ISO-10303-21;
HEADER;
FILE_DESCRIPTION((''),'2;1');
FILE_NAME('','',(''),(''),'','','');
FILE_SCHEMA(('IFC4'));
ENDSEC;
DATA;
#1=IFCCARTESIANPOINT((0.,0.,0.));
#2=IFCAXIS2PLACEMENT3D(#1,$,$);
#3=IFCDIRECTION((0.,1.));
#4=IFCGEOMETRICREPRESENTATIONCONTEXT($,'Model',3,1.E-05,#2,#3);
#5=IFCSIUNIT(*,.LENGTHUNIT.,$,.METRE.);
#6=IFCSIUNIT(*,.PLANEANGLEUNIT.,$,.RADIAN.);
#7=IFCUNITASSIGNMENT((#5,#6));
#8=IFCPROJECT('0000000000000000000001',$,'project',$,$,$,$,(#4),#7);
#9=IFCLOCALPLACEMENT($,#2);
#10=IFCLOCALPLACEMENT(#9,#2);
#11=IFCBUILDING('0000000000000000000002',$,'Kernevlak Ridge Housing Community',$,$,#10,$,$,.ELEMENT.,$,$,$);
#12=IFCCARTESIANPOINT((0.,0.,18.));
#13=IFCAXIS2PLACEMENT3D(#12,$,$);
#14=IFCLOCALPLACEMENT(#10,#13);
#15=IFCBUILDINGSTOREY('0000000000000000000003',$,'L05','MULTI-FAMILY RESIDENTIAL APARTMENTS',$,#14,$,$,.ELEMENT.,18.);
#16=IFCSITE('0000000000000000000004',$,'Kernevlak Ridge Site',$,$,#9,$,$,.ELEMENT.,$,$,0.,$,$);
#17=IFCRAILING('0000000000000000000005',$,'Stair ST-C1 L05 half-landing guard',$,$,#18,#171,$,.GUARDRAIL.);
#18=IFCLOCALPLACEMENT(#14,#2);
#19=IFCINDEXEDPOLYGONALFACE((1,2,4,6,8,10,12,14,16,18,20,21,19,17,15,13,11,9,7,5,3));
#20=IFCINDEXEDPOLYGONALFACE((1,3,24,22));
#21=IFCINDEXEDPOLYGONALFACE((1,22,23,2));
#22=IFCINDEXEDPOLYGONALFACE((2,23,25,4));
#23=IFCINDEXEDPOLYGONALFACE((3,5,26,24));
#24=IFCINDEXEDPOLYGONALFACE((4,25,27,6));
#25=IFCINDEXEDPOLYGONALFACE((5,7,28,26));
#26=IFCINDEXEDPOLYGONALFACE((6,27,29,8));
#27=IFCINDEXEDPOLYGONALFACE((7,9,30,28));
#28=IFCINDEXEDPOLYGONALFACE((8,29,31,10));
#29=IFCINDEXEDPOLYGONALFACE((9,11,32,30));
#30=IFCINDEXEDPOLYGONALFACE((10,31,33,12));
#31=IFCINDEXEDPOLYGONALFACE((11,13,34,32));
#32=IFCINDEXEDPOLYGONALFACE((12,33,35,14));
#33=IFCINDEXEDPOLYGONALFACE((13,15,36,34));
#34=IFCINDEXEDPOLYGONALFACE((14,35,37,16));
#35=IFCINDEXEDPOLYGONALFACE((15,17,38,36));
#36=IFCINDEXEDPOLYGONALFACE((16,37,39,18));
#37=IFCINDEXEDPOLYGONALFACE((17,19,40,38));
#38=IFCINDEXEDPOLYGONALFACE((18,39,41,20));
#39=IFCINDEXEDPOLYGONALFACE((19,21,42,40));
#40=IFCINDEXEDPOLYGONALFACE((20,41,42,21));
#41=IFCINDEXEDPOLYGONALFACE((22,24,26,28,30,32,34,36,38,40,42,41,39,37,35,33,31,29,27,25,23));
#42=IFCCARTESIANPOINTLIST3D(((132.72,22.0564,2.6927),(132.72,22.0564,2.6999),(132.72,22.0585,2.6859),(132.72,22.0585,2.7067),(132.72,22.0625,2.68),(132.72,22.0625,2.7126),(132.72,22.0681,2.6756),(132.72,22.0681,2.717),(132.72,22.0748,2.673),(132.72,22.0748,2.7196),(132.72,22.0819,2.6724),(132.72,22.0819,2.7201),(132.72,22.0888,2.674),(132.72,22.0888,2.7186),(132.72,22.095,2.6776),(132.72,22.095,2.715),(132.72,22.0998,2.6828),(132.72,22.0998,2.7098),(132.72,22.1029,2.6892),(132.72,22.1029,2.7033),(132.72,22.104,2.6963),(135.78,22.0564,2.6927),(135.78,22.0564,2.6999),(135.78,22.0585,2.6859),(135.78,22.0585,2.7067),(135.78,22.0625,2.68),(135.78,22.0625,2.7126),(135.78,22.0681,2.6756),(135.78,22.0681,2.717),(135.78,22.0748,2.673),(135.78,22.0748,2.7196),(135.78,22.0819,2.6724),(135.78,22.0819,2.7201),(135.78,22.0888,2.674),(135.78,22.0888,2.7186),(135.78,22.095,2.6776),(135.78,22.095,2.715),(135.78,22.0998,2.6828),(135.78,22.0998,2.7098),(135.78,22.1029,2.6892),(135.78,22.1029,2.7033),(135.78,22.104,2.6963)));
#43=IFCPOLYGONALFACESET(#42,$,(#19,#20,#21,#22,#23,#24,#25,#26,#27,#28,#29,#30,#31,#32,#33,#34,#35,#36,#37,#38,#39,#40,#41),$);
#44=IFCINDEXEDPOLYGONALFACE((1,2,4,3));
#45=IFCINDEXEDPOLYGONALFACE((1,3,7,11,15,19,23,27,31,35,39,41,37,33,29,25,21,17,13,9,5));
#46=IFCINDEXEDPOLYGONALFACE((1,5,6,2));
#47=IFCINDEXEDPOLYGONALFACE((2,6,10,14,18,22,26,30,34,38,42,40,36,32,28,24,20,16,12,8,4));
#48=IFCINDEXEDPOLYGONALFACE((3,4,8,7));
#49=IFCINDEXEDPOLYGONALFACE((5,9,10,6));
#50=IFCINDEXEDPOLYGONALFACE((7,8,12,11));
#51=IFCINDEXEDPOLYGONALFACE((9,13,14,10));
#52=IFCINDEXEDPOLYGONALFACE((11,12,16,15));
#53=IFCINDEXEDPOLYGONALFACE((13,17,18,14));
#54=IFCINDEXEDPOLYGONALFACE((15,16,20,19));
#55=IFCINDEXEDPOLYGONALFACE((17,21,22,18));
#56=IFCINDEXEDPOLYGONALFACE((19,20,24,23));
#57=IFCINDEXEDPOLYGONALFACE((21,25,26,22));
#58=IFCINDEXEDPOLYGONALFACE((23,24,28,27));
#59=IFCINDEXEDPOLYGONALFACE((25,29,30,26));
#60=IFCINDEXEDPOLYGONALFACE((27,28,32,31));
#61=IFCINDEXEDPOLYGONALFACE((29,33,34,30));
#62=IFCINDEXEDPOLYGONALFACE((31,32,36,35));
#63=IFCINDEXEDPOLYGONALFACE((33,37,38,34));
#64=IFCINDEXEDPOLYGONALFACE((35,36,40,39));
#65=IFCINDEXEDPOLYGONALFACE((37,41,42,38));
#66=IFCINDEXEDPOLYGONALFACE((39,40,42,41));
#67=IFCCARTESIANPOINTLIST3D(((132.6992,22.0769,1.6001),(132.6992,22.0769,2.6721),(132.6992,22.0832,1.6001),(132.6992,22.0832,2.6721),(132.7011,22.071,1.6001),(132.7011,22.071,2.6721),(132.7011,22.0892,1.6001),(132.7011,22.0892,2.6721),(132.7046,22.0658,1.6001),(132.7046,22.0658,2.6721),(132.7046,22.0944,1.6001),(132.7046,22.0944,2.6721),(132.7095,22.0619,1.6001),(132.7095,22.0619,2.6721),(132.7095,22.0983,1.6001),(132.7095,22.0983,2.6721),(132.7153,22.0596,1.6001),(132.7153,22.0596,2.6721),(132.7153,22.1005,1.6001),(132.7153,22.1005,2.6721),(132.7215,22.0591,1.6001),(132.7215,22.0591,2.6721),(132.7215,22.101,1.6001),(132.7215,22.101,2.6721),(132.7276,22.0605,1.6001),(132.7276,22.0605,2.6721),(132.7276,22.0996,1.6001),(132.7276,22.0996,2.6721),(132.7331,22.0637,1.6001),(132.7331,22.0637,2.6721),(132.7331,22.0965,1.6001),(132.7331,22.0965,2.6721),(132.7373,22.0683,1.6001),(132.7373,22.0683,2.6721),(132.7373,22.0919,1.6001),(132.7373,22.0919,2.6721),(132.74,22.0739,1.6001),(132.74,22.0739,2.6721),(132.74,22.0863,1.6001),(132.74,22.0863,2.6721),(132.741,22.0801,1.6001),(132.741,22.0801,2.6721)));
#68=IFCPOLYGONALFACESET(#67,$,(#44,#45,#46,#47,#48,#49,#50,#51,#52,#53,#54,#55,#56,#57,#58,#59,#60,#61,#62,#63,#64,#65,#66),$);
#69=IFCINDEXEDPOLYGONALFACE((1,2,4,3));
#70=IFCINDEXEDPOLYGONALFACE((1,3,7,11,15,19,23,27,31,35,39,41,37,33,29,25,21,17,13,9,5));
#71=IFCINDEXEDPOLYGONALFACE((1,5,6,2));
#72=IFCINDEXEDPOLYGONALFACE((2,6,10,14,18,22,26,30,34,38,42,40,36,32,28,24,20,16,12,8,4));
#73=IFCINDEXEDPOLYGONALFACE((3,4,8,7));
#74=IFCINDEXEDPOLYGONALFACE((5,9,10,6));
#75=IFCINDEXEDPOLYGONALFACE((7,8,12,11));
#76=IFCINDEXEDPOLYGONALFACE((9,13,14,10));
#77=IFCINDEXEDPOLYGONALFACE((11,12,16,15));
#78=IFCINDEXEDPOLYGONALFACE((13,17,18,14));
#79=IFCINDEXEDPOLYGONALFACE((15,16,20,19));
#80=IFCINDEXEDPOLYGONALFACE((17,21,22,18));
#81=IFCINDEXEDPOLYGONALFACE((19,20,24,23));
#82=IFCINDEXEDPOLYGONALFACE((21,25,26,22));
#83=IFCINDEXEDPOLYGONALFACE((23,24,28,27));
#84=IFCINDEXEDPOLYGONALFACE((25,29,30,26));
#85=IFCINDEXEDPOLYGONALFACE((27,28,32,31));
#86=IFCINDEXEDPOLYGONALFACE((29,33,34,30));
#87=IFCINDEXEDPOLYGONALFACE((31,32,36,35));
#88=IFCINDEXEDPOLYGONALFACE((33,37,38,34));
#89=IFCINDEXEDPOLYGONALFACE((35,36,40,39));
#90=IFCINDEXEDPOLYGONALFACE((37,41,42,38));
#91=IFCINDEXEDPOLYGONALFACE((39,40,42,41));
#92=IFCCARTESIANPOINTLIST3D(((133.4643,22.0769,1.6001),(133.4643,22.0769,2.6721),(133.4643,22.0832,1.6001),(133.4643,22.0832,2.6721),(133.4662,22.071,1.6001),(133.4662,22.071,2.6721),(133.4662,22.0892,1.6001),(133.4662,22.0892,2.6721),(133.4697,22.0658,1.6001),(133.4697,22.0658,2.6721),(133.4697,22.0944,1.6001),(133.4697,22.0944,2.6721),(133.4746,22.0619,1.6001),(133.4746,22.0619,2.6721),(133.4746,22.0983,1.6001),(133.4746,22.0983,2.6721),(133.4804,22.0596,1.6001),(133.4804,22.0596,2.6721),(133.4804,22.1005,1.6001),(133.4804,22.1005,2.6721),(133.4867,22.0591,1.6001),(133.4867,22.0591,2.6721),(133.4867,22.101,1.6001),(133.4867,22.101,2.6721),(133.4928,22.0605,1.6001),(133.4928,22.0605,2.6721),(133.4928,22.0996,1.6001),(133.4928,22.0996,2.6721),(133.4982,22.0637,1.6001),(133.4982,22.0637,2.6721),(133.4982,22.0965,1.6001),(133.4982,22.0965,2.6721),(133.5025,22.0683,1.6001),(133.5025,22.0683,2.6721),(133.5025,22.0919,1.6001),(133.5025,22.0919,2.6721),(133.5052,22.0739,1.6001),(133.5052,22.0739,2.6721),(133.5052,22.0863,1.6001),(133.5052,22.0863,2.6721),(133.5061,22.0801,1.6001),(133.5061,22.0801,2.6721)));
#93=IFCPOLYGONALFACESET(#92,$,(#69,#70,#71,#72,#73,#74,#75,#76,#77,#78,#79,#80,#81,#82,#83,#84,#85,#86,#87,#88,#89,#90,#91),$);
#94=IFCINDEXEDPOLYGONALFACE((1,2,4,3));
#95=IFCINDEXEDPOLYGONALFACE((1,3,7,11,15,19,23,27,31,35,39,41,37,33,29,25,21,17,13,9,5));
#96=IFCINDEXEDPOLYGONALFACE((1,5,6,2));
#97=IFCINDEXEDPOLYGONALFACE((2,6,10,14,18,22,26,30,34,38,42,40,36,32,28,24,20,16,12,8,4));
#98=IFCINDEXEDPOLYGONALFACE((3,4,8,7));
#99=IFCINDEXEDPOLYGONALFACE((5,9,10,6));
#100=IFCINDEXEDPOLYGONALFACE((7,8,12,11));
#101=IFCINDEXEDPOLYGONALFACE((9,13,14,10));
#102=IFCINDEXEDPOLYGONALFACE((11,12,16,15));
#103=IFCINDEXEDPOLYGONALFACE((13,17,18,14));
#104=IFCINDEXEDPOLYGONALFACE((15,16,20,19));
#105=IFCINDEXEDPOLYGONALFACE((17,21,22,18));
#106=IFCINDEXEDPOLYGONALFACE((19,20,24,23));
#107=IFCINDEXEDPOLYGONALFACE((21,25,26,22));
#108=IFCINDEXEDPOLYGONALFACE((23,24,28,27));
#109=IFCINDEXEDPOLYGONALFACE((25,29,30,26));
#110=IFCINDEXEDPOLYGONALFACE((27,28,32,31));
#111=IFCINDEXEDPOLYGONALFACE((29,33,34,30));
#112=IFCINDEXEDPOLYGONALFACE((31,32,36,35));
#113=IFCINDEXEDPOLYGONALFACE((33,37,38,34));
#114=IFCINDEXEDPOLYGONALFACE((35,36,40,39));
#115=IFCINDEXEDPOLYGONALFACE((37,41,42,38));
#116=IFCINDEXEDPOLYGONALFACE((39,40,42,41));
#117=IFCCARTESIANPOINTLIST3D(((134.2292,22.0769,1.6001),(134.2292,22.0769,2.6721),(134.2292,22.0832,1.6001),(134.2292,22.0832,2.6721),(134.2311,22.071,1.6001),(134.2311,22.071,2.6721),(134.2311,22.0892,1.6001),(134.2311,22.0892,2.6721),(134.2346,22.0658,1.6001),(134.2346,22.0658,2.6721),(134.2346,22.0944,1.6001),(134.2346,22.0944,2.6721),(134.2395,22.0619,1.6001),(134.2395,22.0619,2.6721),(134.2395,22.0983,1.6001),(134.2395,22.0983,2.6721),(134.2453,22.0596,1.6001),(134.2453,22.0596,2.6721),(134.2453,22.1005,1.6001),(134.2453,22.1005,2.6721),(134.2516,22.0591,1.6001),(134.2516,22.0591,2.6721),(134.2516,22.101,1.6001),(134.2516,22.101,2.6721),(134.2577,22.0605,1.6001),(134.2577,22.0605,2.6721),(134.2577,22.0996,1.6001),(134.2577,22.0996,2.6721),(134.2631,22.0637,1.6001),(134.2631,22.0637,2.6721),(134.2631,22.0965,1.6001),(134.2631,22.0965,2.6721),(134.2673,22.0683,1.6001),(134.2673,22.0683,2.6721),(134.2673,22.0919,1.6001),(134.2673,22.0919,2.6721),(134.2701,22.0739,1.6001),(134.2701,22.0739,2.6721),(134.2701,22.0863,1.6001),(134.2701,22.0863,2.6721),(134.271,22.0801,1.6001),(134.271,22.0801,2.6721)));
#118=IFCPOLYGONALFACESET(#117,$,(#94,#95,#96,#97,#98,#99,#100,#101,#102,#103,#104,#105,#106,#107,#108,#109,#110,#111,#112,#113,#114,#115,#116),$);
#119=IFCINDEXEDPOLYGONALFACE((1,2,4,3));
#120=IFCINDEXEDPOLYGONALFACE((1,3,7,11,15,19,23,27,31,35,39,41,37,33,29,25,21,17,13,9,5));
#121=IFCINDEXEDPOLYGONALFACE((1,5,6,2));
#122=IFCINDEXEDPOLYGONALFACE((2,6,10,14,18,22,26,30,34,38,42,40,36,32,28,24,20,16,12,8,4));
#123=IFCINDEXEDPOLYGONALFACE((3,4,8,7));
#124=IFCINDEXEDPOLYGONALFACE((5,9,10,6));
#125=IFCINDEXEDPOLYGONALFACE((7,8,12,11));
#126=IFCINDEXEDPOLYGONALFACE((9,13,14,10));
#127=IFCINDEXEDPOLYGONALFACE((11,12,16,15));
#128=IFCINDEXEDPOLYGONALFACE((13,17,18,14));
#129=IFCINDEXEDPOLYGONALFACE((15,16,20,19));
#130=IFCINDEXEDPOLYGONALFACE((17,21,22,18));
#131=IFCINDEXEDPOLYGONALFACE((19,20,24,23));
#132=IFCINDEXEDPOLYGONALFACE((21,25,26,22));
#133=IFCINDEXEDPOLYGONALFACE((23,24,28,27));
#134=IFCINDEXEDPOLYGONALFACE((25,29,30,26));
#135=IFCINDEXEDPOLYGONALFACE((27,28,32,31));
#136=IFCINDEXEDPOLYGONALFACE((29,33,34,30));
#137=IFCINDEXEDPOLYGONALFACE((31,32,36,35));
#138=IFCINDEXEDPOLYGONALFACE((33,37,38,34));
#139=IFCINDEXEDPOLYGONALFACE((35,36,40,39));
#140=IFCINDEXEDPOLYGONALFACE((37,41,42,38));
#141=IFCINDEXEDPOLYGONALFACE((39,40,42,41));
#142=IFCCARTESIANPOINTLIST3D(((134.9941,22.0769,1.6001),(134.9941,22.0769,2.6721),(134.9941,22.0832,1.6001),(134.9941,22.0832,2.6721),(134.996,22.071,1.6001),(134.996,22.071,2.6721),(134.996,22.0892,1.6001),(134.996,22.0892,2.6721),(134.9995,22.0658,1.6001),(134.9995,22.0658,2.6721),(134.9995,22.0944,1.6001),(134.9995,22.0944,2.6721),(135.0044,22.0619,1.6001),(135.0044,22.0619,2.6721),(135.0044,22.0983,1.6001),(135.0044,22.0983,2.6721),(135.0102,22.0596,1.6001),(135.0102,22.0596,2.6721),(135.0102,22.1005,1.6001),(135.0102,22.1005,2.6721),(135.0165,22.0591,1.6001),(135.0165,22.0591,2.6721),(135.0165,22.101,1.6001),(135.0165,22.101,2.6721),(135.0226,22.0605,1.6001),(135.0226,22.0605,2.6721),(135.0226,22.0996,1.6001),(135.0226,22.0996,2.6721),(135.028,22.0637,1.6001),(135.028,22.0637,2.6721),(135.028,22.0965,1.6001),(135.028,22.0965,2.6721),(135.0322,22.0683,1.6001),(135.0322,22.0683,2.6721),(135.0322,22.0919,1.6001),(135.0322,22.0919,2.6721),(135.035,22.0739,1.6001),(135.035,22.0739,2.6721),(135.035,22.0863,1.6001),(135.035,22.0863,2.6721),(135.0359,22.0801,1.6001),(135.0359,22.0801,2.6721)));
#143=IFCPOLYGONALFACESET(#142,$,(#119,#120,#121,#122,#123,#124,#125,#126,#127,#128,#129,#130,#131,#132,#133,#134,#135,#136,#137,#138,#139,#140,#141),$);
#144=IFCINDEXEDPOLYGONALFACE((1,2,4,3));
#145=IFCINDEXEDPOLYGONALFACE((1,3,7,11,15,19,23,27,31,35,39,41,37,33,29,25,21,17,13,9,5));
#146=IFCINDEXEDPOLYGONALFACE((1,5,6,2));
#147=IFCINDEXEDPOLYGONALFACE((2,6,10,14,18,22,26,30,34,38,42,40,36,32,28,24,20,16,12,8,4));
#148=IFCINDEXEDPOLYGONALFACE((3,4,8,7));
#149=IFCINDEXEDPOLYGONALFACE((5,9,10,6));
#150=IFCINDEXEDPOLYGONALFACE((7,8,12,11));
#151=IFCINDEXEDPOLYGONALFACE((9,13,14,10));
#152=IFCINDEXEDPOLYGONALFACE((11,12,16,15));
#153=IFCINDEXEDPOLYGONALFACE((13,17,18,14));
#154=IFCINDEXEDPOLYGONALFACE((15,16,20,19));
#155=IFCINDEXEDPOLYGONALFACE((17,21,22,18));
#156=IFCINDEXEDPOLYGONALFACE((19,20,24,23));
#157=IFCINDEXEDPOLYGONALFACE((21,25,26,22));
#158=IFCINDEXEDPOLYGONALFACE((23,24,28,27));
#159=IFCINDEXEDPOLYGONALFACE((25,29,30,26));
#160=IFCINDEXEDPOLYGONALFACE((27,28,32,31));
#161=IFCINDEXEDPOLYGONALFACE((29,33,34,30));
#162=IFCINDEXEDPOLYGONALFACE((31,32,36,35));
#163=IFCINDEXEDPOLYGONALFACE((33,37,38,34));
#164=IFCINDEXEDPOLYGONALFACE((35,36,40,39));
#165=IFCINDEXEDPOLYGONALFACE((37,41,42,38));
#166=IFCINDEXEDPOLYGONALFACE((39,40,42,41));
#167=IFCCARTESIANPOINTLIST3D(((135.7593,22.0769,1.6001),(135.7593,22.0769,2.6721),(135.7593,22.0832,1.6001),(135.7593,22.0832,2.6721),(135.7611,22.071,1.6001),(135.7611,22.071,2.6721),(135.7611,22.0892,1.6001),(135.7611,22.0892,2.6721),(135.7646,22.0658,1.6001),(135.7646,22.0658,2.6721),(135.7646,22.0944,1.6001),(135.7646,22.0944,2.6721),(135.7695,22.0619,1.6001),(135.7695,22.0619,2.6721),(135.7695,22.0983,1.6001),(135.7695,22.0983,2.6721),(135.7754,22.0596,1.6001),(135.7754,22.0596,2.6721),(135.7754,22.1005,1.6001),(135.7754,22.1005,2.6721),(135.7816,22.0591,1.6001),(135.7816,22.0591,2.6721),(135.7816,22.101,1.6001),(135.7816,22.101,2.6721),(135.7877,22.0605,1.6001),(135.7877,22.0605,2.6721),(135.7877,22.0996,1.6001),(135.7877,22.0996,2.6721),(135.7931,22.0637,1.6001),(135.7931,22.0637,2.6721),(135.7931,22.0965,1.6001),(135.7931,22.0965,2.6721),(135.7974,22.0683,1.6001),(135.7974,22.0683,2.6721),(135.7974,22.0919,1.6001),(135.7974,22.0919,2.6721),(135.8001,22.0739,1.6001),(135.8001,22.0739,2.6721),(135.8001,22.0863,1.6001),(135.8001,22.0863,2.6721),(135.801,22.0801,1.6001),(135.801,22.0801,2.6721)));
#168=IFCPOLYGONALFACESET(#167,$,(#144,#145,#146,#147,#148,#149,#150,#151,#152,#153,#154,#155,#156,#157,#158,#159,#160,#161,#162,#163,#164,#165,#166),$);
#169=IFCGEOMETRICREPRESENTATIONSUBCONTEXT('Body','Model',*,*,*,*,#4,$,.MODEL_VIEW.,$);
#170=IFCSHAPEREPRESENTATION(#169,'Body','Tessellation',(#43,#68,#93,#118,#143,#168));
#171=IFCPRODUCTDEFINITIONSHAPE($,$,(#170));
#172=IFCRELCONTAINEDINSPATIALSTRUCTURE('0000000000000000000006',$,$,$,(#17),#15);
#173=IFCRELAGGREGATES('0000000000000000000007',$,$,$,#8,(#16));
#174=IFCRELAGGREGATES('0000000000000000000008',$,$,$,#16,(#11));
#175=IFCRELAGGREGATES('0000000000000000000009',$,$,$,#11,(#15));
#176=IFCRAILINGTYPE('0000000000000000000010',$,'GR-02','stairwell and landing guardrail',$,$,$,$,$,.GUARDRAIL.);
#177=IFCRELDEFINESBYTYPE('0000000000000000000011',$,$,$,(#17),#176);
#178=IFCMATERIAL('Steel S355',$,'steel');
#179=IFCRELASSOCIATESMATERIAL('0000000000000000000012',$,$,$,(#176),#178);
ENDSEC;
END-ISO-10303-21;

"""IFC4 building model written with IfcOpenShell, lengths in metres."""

from ifc_helpers import new_model, si_unit, direction, frame, origin, origin_2d, place, context, subcontext, project, spatial, circle, extrude, material, type_object, element, save


model = new_model("IFC4")

# Units and contexts
model_context = context("Model", 3, precision=1e-05, world=origin(), true_north=direction((0.0, 1.0)))
body_context = subcontext(model_context, "Body", "Model", "MODEL_VIEW")
ifc_project = project(units=[si_unit("LENGTHUNIT", "METRE"), si_unit("PLANEANGLEUNIT", "RADIAN")], contexts=[model_context])

# Site, building, storey
site_placement = place(None, origin())
site = spatial("IfcSite", under=ifc_project, at=site_placement, Name="Kernevlak Ridge Site", CompositionType="ELEMENT", RefElevation=0.0)
building_placement = place(site_placement, origin())
building = spatial("IfcBuilding", under=site, at=building_placement, Name="Kernevlak Ridge Housing Community", CompositionType="ELEMENT")
storey_placement = place(building_placement, frame((0.0, 0.0, 18.0)))
storey = spatial("IfcBuildingStorey", under=building, at=storey_placement, Name="L05", Description="MULTI-FAMILY RESIDENTIAL APARTMENTS", CompositionType="ELEMENT", Elevation=18.0)

# Railing
ifc_material_1 = material(Name="Steel S355", Category="steel")
railing_type_1 = type_object("IfcRailingType", Name="GR-02", Description="stairwell and landing guardrail", PredefinedType="GUARDRAIL", material=ifc_material_1)
railing_1_placement = place(storey_placement, frame((132.72, 22.0801, 1.6001)))
element("IfcRailing", 1, at=railing_1_placement, inside=storey, type_object=railing_type_1, Name="Stair ST-C1 L05 half-landing guard", PredefinedType="GUARDRAIL", context=body_context, shape_type="SweptSolid", body=[
    extrude(circle(Radius=0.0239, at=origin_2d()), frame((0.0, 0.0, 1.0962), z_axis=(1.0, 0.0, 0.0), x_axis=(0.0, 1.0, 0.0)), (0.0, 0.0, 1.0), 3.0601),
    extrude(circle(Radius=0.021, at=origin_2d()), origin(), (0.0, 0.0, 1.0), 1.072),
    extrude(circle(Radius=0.021, at=origin_2d()), frame((0.7651, 0.0, 0.0)), (0.0, 0.0, 1.0), 1.072),
    extrude(circle(Radius=0.021, at=origin_2d()), frame((1.53, 0.0, 0.0)), (0.0, 0.0, 1.0), 1.072),
    extrude(circle(Radius=0.021, at=origin_2d()), frame((2.2949, 0.0, 0.0)), (0.0, 0.0, 1.0), 1.072),
    extrude(circle(Radius=0.021, at=origin_2d()), frame((3.0601, 0.0, 0.0)), (0.0, 0.0, 1.0), 1.072),
])

save(model, "model.ifc")
